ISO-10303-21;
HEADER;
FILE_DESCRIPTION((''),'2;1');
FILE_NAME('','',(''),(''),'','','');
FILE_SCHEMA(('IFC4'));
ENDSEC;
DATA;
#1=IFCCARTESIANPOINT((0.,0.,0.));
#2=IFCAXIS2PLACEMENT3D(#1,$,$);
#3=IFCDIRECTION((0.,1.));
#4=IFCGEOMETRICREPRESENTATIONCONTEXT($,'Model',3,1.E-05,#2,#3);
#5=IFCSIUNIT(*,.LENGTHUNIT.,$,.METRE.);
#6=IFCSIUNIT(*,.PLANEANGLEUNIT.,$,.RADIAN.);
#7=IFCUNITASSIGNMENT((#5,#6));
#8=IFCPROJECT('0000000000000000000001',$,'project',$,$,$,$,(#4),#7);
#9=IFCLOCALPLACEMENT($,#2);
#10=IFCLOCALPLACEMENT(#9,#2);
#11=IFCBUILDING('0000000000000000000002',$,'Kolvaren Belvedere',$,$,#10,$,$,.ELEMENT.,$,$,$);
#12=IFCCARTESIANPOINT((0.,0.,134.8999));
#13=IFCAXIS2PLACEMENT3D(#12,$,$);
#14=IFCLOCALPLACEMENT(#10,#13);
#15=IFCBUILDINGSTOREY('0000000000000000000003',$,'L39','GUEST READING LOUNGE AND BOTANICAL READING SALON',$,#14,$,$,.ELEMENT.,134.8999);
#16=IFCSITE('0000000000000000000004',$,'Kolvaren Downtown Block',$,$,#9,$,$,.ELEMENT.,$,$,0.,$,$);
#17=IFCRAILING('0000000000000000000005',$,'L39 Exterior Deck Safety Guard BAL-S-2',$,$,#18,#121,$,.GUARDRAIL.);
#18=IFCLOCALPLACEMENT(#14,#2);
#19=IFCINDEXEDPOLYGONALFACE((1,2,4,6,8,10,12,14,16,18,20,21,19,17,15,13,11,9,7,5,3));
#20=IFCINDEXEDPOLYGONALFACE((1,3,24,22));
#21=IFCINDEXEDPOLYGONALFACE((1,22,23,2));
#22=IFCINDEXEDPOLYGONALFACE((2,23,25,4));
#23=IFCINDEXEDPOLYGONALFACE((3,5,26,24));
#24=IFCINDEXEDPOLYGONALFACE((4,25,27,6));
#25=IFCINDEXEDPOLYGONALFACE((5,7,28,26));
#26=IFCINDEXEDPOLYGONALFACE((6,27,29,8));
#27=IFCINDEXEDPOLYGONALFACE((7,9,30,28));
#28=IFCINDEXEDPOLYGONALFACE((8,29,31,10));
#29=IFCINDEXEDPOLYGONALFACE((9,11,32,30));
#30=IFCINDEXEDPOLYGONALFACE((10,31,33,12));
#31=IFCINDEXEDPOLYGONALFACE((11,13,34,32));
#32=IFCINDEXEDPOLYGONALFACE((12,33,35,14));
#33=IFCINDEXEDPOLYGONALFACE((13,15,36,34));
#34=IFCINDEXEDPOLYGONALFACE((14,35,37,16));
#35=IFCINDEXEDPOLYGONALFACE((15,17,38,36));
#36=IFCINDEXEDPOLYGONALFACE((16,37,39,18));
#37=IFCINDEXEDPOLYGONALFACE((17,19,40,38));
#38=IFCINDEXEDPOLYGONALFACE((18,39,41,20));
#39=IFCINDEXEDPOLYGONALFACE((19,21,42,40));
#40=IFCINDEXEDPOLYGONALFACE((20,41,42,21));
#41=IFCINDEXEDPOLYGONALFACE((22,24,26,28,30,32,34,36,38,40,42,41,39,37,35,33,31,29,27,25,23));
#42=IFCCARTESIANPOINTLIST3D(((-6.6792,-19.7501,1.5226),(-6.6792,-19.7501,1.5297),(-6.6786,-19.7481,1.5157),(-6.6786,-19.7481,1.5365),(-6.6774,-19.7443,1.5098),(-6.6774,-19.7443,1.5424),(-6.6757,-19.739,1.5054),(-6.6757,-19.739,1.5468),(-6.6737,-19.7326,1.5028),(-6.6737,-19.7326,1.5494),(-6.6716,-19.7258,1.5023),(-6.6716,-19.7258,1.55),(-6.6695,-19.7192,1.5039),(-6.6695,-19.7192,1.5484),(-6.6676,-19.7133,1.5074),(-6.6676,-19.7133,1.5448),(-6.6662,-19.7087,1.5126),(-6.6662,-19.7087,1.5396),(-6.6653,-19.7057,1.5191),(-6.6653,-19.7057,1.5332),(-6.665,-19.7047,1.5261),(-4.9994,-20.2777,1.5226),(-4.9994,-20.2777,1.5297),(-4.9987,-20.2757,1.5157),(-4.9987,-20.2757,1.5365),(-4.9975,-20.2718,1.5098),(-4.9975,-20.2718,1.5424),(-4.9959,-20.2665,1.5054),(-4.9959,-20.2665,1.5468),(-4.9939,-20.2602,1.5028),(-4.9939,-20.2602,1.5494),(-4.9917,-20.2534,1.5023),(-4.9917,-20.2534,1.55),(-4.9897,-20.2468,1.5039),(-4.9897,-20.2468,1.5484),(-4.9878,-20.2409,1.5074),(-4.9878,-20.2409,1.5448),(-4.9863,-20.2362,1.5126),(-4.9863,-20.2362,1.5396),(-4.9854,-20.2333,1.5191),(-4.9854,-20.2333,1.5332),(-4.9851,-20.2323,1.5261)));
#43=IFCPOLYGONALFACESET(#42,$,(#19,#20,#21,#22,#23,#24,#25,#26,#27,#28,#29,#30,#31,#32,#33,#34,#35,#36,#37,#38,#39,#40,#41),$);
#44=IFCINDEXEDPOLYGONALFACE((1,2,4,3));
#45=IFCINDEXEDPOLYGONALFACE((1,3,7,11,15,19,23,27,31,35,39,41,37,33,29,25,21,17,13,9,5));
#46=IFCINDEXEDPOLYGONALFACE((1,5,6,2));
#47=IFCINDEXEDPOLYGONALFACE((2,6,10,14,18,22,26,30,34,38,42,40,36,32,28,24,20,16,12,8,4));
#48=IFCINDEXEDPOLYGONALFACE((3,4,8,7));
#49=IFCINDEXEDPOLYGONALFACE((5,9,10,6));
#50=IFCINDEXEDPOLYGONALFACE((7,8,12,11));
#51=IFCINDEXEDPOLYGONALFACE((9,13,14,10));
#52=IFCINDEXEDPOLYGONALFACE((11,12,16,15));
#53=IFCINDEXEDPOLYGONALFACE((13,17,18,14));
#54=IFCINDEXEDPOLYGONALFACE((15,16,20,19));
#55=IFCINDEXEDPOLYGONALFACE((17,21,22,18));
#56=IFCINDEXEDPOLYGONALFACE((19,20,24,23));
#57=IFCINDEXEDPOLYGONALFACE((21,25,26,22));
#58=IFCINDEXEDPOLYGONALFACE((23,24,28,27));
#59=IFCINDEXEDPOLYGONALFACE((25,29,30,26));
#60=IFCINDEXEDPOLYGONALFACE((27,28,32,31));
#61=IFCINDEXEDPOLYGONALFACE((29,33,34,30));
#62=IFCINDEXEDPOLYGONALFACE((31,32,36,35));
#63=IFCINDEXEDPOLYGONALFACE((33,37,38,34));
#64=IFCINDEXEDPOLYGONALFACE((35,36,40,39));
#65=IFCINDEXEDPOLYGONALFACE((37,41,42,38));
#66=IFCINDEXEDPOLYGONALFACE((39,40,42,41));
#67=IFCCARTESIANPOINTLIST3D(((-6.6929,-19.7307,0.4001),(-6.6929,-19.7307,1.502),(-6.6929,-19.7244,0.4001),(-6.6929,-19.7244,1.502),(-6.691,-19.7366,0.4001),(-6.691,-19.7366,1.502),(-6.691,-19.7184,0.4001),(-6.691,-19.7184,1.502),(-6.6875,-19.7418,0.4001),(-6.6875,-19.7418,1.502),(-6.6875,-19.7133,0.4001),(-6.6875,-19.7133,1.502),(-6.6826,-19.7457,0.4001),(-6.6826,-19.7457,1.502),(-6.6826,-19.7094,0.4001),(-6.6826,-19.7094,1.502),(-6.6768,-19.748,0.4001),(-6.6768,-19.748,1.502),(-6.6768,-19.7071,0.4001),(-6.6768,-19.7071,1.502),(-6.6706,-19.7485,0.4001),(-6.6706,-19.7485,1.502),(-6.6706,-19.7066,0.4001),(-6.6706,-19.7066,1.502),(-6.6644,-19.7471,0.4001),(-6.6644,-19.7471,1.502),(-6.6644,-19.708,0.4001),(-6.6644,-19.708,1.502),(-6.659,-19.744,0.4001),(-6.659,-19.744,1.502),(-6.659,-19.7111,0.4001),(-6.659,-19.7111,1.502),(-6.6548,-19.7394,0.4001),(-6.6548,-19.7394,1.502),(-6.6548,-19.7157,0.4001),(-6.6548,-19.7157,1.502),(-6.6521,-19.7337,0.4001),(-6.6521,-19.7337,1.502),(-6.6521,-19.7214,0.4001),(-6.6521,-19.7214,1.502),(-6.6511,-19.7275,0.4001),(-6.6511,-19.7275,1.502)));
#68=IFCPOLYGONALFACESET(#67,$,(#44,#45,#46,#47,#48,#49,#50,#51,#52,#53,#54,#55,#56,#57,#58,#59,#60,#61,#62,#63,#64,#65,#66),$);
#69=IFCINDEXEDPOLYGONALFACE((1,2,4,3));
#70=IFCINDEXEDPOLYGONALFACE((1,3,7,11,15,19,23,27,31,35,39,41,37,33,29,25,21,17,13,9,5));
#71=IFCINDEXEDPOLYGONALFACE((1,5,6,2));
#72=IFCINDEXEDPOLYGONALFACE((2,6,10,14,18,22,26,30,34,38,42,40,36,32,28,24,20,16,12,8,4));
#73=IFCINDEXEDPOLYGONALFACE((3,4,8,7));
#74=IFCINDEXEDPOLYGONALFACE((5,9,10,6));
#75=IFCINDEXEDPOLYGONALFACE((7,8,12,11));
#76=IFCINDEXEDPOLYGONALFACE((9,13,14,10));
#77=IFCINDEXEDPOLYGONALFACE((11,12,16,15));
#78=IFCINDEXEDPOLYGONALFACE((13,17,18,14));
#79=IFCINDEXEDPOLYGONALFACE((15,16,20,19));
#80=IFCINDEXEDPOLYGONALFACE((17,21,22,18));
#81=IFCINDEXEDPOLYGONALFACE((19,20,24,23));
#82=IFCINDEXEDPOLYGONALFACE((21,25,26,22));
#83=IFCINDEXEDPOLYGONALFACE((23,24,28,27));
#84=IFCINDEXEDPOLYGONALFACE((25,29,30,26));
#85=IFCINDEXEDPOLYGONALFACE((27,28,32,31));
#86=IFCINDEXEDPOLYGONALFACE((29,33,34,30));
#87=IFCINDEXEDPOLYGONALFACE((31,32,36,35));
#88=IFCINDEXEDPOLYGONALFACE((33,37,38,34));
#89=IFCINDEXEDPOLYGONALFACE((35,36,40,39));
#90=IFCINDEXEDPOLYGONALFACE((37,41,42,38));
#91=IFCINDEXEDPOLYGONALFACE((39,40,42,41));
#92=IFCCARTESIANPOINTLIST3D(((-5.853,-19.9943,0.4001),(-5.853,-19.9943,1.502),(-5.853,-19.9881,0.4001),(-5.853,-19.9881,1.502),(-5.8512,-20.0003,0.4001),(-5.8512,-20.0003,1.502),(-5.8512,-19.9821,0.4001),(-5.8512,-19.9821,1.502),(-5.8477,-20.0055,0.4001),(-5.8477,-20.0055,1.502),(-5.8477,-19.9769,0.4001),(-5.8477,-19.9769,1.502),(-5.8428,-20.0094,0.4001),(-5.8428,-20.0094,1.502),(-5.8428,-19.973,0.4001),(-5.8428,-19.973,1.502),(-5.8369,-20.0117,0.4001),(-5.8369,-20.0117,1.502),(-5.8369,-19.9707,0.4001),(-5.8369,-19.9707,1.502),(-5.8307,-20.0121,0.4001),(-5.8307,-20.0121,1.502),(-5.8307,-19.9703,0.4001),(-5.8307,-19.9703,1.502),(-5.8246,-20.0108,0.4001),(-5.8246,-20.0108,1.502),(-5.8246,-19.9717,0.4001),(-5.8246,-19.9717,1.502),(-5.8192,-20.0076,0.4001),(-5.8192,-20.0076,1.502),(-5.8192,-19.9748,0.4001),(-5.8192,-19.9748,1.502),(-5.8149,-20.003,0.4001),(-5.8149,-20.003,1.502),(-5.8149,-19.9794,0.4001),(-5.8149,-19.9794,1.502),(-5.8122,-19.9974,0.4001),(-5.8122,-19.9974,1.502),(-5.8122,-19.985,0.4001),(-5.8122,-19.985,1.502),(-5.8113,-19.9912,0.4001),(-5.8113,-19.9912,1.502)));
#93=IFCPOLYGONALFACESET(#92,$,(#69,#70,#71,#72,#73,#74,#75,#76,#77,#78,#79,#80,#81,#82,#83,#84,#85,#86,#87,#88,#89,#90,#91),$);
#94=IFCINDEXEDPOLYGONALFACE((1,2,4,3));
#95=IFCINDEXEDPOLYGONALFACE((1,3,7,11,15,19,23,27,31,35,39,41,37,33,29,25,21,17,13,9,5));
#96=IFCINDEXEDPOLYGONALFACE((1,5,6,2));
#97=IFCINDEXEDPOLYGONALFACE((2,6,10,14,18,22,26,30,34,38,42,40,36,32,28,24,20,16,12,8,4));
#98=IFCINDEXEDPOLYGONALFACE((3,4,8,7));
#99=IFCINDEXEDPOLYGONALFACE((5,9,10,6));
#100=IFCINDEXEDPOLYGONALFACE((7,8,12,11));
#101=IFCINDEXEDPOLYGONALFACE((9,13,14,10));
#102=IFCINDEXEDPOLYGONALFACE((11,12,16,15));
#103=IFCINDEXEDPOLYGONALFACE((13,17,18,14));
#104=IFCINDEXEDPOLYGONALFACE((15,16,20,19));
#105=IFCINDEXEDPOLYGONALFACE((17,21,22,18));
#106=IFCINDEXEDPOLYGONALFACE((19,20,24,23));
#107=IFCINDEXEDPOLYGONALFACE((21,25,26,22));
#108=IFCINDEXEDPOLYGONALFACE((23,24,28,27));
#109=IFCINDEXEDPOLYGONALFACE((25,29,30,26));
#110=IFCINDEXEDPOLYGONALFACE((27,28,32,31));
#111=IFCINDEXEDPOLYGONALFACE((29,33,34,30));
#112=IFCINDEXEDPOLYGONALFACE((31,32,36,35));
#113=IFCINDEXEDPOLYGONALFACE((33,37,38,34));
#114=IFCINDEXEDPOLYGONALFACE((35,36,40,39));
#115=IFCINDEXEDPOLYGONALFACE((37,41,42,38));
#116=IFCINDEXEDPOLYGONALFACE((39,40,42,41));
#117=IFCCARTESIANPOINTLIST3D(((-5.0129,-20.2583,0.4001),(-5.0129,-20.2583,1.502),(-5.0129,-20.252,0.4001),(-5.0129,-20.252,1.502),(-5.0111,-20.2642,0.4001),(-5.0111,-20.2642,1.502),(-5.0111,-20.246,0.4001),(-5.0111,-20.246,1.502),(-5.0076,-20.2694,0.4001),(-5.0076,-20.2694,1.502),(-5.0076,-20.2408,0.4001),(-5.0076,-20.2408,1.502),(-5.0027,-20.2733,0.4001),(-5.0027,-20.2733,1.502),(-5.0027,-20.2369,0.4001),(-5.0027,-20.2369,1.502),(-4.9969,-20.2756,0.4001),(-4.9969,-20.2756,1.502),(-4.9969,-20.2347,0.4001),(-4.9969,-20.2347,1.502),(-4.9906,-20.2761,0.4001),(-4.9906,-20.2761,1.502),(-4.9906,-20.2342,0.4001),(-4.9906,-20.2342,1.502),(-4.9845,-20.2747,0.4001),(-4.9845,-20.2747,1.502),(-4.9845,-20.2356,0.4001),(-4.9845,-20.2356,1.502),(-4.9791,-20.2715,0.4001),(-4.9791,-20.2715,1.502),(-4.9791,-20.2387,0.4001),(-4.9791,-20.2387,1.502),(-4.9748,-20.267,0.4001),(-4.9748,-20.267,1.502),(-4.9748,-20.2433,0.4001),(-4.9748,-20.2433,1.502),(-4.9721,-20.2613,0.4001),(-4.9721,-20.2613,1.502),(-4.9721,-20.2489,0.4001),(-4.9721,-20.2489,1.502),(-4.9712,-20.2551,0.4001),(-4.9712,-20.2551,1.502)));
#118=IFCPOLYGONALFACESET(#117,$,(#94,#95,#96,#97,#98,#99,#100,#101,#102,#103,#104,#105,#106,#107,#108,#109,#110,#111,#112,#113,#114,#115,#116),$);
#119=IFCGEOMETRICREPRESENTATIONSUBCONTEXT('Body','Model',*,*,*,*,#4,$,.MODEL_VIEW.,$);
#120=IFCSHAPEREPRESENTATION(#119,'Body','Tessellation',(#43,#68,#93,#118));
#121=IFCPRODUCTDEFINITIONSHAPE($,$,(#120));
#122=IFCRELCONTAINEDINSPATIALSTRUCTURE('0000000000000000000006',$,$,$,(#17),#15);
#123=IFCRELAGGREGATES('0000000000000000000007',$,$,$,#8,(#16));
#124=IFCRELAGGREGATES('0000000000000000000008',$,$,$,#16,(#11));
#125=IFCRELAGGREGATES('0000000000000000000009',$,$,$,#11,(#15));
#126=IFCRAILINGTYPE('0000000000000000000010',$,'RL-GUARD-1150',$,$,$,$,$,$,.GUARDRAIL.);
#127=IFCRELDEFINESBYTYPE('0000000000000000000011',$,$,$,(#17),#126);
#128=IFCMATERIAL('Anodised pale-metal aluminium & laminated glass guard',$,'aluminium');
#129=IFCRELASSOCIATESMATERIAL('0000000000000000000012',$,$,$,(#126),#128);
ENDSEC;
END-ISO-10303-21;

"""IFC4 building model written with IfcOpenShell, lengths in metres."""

from ifc_helpers import new_model, si_unit, direction, frame, origin, origin_2d, place, context, subcontext, project, spatial, circle, extrude, material, type_object, element, save


model = new_model("IFC4")

# Units and contexts
model_context = context("Model", 3, precision=1e-05, world=origin(), true_north=direction((0.0, 1.0)))
body_context = subcontext(model_context, "Body", "Model", "MODEL_VIEW")
ifc_project = project(units=[si_unit("LENGTHUNIT", "METRE"), si_unit("PLANEANGLEUNIT", "RADIAN")], contexts=[model_context])

# Site, building, storey
site_placement = place(None, origin())
site = spatial("IfcSite", under=ifc_project, at=site_placement, Name="Kolvaren Downtown Block", CompositionType="ELEMENT", RefElevation=0.0)
building_placement = place(site_placement, origin())
building = spatial("IfcBuilding", under=site, at=building_placement, Name="Kolvaren Belvedere", CompositionType="ELEMENT")
storey_placement = place(building_placement, frame((0.0, 0.0, 134.8999)))
storey = spatial("IfcBuildingStorey", under=building, at=storey_placement, Name="L39", Description="GUEST READING LOUNGE AND BOTANICAL READING SALON", CompositionType="ELEMENT", Elevation=134.8999)

# Railing
ifc_material_1 = material(Name="Anodised pale-metal aluminium & laminated glass guard", Category="aluminium")
railing_type = type_object("IfcRailingType", Name="RL-GUARD-1150", PredefinedType="GUARDRAIL", material=ifc_material_1)
railing_1_placement = place(storey_placement, frame((-6.6721, -19.7275, 0.4001)))
element("IfcRailing", 1, at=railing_1_placement, inside=storey, type_object=railing_type, Name="L39 Exterior Deck Safety Guard BAL-S-2", PredefinedType="GUARDRAIL", context=body_context, shape_type="SweptSolid", body=[
    extrude(circle(Radius=0.0239, at=origin_2d()), frame((0.0, 0.0, 1.126), z_axis=(0.954057, -0.299625, 0.0), x_axis=(0.299625, 0.954057, 0.0)), (0.0, 0.0, 1.0), 1.7607),
    extrude(circle(Radius=0.021, at=origin_2d()), origin(), (0.0, 0.0, 1.0), 1.1018),
    extrude(circle(Radius=0.021, at=origin_2d()), frame((0.8398, -0.2637, 0.0)), (0.0, 0.0, 1.0), 1.1018),
    extrude(circle(Radius=0.021, at=origin_2d()), frame((1.6799, -0.5276, 0.0)), (0.0, 0.0, 1.0), 1.1018),
])

save(model, "model.ifc")
